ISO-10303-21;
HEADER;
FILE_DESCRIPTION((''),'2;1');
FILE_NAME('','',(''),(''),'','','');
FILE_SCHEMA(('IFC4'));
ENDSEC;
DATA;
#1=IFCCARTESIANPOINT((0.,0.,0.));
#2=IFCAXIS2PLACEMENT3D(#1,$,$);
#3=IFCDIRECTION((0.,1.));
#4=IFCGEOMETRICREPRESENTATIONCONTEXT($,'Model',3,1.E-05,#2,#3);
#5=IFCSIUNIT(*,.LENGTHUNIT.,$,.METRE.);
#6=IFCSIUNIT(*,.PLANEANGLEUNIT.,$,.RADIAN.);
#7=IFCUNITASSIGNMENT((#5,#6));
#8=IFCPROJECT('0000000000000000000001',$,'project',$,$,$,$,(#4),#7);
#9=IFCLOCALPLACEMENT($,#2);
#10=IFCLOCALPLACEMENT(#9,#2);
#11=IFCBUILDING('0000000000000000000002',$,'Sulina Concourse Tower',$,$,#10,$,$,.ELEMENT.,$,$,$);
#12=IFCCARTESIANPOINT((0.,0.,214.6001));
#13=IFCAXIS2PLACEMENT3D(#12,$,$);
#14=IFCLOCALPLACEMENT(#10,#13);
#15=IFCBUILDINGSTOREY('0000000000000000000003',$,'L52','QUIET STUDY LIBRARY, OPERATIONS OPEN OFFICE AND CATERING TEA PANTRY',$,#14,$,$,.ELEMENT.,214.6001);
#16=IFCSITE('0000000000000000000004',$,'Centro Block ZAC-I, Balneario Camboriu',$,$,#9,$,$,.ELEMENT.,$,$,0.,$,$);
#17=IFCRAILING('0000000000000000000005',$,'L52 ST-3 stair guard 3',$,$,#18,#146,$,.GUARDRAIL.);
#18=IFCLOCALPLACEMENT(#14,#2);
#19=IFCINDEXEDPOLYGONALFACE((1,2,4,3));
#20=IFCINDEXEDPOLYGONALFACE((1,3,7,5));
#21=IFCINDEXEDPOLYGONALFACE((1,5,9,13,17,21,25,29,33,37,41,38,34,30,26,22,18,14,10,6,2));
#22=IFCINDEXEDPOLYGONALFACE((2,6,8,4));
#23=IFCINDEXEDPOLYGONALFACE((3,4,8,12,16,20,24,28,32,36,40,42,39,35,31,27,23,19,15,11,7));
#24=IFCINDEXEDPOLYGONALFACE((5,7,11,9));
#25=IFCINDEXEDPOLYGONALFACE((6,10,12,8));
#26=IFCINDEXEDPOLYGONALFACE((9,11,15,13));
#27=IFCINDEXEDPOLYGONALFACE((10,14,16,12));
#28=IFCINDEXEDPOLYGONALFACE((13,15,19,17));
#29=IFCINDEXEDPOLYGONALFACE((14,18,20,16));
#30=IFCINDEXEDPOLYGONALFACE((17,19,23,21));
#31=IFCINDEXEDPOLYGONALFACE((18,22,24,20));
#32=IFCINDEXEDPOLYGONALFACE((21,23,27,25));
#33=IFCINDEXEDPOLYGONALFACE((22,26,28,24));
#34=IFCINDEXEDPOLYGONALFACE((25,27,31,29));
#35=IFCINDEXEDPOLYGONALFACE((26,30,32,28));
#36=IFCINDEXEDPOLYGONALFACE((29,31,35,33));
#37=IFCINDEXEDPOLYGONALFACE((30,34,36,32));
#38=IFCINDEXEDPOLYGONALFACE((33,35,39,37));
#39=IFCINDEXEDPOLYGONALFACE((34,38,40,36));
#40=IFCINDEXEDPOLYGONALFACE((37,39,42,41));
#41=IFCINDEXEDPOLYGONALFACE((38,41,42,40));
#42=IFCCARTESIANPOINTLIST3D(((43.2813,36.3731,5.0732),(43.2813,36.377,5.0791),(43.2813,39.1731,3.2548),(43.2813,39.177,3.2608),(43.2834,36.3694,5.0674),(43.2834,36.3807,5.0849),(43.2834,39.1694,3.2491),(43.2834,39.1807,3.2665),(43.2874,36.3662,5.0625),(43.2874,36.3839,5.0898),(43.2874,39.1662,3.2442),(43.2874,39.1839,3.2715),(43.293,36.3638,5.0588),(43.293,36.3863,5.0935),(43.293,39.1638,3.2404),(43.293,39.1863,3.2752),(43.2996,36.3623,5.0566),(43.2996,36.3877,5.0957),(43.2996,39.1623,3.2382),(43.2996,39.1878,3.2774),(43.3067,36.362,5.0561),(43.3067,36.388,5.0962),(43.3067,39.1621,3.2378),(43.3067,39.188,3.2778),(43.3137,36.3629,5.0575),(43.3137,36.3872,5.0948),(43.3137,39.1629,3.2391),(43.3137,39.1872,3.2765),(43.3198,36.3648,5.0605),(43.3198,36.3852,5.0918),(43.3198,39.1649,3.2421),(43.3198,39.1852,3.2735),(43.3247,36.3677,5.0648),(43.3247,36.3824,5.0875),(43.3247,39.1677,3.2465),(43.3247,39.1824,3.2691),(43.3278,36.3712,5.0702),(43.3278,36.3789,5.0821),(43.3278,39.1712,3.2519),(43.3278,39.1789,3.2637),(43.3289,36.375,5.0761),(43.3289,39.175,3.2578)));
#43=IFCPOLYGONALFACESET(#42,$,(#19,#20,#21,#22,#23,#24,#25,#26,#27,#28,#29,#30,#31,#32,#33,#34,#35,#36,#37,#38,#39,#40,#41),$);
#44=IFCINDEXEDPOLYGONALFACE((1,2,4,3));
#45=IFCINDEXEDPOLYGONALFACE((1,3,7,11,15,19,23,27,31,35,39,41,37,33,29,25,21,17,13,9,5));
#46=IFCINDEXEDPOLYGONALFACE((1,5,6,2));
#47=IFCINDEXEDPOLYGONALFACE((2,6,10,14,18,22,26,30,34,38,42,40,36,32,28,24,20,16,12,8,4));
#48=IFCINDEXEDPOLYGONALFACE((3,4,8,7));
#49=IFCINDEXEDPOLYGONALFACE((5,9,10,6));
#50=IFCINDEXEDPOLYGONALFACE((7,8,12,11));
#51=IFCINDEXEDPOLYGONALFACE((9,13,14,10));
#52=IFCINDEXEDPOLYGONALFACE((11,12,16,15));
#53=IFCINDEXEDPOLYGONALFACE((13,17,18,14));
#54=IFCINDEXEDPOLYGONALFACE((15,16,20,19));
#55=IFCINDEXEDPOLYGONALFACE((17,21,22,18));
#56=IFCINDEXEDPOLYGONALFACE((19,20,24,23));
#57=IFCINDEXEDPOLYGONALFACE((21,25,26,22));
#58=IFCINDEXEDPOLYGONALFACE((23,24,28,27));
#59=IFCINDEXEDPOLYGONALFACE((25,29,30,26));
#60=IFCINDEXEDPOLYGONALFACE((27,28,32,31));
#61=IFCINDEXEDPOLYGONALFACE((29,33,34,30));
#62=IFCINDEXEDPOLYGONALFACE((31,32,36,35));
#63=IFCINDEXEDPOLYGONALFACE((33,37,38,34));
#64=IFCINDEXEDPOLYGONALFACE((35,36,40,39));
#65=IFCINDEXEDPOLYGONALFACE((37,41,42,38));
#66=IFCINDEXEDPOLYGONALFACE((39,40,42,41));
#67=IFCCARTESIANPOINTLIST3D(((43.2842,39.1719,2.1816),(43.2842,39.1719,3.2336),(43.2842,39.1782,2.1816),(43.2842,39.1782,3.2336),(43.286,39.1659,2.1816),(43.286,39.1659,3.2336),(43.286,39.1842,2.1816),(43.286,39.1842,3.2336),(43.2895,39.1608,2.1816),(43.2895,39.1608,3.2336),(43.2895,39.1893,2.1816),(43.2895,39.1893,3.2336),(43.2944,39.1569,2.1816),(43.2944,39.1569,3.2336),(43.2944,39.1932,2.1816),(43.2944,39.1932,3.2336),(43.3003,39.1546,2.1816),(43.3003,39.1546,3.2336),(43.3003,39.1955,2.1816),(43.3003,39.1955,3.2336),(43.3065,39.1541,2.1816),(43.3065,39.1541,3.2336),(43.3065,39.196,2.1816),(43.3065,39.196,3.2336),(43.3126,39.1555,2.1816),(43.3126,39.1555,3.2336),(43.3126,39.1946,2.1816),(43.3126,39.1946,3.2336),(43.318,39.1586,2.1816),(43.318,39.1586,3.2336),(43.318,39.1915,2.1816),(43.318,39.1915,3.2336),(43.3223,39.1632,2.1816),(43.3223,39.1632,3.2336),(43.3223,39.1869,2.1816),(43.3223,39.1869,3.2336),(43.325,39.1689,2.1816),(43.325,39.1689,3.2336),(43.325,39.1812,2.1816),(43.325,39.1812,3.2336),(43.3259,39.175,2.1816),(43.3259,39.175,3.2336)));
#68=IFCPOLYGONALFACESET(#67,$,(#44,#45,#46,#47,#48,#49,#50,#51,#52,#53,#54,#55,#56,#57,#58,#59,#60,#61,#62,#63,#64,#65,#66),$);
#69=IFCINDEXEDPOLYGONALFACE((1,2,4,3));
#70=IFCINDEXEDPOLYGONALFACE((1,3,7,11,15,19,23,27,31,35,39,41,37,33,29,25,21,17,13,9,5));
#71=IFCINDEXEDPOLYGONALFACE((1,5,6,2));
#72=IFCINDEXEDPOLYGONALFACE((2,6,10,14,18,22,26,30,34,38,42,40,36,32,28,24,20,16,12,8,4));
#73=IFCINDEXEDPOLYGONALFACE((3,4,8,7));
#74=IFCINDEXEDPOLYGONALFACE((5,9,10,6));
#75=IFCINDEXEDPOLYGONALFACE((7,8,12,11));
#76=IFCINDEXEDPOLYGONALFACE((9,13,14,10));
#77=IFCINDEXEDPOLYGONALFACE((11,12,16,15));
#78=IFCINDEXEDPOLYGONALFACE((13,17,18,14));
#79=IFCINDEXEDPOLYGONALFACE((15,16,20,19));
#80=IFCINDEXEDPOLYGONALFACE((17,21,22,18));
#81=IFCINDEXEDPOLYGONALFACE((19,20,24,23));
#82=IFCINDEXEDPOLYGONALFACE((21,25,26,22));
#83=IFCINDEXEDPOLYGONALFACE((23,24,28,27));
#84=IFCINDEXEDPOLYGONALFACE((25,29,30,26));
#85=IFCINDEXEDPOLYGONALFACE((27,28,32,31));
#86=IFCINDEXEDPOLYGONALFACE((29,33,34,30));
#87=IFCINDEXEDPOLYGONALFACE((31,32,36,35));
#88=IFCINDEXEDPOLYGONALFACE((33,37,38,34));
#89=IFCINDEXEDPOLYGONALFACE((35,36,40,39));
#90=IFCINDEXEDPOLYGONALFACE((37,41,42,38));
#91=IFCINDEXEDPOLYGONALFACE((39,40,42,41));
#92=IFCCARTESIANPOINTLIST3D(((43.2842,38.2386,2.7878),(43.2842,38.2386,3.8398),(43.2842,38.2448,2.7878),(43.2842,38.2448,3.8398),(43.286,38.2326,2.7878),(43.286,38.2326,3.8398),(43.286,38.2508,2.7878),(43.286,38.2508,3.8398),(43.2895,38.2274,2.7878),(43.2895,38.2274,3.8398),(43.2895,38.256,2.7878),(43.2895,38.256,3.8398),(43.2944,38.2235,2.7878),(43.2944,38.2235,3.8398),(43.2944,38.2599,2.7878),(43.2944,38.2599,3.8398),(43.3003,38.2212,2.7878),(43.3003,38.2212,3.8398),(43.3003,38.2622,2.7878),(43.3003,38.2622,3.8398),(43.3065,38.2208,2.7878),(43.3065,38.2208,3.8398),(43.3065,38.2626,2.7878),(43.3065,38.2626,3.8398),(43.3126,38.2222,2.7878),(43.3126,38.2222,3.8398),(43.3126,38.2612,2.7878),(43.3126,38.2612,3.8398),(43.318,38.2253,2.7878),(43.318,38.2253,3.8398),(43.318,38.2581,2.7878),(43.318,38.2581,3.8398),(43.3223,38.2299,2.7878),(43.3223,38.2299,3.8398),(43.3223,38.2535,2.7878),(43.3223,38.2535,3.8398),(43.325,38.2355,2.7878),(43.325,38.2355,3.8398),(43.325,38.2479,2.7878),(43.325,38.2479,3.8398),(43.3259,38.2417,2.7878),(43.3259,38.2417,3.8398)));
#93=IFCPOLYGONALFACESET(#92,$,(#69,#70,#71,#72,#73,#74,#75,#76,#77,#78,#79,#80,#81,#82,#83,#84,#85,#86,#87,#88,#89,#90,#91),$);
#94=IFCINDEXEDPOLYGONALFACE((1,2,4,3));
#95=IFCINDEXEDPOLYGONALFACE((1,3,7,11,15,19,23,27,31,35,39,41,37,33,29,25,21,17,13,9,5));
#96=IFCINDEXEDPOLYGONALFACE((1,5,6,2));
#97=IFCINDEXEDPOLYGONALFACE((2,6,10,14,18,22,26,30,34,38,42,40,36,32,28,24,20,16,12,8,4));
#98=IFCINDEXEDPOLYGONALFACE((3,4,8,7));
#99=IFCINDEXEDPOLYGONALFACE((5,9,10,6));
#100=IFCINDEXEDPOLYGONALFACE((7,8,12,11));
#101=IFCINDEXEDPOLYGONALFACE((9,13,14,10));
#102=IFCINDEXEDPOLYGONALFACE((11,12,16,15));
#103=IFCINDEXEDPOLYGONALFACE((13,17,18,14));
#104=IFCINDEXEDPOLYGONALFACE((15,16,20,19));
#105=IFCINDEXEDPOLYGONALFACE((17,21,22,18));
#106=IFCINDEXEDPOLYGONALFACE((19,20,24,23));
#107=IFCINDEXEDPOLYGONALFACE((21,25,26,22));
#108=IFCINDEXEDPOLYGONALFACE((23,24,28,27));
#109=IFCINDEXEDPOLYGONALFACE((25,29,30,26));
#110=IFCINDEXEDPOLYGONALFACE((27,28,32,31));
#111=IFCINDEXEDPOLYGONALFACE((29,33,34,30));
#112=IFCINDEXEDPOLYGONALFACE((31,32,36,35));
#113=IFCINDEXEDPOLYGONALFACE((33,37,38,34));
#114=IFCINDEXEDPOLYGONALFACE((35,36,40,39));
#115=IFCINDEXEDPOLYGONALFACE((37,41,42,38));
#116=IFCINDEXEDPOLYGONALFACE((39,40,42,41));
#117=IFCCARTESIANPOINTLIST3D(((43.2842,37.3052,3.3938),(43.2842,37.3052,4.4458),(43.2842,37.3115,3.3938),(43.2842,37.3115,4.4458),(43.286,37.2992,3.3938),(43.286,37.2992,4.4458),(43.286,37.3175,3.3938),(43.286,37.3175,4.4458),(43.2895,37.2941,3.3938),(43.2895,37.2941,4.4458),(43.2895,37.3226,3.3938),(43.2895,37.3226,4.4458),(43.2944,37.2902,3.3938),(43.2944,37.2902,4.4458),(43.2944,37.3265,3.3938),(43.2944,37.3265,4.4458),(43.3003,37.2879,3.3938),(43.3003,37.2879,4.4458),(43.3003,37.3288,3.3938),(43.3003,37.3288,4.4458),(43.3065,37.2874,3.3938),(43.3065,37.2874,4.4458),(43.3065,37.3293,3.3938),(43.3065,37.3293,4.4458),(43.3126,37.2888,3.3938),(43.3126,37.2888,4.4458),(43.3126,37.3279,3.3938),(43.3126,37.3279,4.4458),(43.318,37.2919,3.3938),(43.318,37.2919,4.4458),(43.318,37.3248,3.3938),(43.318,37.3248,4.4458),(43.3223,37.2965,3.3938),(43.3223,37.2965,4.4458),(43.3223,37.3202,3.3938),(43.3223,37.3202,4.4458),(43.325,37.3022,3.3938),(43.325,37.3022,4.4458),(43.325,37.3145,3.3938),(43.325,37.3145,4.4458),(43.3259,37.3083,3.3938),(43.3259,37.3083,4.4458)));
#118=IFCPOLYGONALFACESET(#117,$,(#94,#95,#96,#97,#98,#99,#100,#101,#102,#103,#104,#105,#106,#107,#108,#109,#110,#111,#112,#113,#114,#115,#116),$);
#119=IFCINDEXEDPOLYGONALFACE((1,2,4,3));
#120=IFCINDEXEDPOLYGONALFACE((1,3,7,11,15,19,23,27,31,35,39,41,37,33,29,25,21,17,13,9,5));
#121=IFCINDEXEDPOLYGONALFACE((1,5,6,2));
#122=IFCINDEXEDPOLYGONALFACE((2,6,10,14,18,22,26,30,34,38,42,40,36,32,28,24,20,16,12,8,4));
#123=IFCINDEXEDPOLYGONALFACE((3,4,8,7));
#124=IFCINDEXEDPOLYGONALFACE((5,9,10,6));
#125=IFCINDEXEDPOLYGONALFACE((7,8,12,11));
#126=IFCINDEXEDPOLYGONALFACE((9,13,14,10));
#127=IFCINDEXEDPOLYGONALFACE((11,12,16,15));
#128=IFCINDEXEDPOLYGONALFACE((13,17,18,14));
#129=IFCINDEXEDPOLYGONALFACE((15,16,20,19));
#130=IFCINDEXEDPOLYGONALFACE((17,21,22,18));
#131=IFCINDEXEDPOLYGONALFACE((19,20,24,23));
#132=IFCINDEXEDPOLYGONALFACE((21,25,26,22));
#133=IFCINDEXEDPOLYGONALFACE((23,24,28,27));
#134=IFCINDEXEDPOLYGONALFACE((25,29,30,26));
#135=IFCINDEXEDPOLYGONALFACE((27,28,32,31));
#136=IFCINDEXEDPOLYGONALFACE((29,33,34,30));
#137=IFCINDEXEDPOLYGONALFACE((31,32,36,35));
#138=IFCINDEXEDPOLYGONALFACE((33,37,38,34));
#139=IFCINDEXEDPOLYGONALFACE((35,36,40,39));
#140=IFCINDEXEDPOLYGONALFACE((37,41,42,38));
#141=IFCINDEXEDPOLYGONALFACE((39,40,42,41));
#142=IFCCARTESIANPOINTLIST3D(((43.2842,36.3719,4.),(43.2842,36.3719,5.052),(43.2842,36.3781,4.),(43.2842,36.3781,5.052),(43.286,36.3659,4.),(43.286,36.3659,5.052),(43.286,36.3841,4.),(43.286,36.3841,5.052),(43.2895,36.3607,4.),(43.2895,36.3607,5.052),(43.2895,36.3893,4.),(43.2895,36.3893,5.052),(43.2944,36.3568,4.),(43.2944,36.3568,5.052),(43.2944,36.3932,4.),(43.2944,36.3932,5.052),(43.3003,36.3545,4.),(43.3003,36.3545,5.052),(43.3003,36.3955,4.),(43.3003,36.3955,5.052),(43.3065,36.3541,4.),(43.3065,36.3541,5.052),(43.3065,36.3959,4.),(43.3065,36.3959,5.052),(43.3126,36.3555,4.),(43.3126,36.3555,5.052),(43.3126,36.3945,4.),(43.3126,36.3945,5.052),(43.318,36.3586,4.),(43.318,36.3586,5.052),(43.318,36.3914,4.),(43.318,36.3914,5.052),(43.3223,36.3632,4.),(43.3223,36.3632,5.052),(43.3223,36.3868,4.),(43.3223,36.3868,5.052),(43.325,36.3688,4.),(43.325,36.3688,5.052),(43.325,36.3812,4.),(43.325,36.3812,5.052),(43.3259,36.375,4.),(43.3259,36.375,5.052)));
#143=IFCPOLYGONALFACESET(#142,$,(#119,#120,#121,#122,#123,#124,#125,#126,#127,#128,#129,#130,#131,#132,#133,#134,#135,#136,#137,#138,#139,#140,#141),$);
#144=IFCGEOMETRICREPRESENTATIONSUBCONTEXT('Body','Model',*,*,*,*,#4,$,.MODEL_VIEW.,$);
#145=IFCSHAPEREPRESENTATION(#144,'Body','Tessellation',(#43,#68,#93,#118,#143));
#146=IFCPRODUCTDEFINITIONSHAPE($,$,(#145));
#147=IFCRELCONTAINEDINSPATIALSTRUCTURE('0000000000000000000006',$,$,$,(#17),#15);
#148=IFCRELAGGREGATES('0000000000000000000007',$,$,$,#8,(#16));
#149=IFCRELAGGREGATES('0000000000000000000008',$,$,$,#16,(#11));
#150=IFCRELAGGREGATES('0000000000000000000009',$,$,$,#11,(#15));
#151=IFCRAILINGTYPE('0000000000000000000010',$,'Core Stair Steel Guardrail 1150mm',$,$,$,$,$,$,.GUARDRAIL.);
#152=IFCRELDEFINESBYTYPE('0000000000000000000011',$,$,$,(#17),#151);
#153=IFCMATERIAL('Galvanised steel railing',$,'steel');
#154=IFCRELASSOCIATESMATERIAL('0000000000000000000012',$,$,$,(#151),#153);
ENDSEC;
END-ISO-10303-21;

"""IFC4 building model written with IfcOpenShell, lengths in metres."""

from ifc_helpers import new_model, si_unit, direction, frame, origin, origin_2d, place, context, subcontext, project, spatial, circle, extrude, material, type_object, element, save


model = new_model("IFC4")

# Units and contexts
model_context = context("Model", 3, precision=1e-05, world=origin(), true_north=direction((0.0, 1.0)))
body_context = subcontext(model_context, "Body", "Model", "MODEL_VIEW")
ifc_project = project(units=[si_unit("LENGTHUNIT", "METRE"), si_unit("PLANEANGLEUNIT", "RADIAN")], contexts=[model_context])

# Site, building, storey
site_placement = place(None, origin())
site = spatial("IfcSite", under=ifc_project, at=site_placement, Name="Centro Block ZAC-I, Balneario Camboriu", CompositionType="ELEMENT", RefElevation=0.0)
building_placement = place(site_placement, origin())
building = spatial("IfcBuilding", under=site, at=building_placement, Name="Sulina Concourse Tower", CompositionType="ELEMENT")
storey_placement = place(building_placement, frame((0.0, 0.0, 214.6001)))
storey = spatial("IfcBuildingStorey", under=building, at=storey_placement, Name="L52", Description="QUIET STUDY LIBRARY, OPERATIONS OPEN OFFICE AND CATERING TEA PANTRY", CompositionType="ELEMENT", Elevation=214.6001)

# Railing
ifc_material_1 = material(Name="Galvanised steel railing", Category="steel")
railing_type_1 = type_object("IfcRailingType", Name="Core Stair Steel Guardrail 1150mm", PredefinedType="GUARDRAIL", material=ifc_material_1)
railing_1_placement = place(storey_placement, frame((43.3049, 39.175, 2.1816)))
element("IfcRailing", 1, at=railing_1_placement, inside=storey, type_object=railing_type_1, Name="L52 ST-3 stair guard 3", PredefinedType="GUARDRAIL", context=body_context, shape_type="SweptSolid", body=[
    extrude(circle(Radius=0.0239, at=origin_2d()), frame((0.0, 0.0, 1.0762), z_axis=(0.0, -0.838672, 0.544636), x_axis=(1.0, 0.0, 0.0)), (0.0, 0.0, 1.0), 3.3386),
    extrude(circle(Radius=0.021, at=origin_2d()), origin(), (0.0, 0.0, 1.0), 1.052),
    extrude(circle(Radius=0.021, at=origin_2d()), frame((0.0, -0.9333, 0.6062)), (0.0, 0.0, 1.0), 1.052),
    extrude(circle(Radius=0.021, at=origin_2d()), frame((0.0, -1.8667, 1.2122)), (0.0, 0.0, 1.0), 1.052),
    extrude(circle(Radius=0.021, at=origin_2d()), frame((0.0, -2.8, 1.8184)), (0.0, 0.0, 1.0), 1.052),
])

save(model, "model.ifc")
